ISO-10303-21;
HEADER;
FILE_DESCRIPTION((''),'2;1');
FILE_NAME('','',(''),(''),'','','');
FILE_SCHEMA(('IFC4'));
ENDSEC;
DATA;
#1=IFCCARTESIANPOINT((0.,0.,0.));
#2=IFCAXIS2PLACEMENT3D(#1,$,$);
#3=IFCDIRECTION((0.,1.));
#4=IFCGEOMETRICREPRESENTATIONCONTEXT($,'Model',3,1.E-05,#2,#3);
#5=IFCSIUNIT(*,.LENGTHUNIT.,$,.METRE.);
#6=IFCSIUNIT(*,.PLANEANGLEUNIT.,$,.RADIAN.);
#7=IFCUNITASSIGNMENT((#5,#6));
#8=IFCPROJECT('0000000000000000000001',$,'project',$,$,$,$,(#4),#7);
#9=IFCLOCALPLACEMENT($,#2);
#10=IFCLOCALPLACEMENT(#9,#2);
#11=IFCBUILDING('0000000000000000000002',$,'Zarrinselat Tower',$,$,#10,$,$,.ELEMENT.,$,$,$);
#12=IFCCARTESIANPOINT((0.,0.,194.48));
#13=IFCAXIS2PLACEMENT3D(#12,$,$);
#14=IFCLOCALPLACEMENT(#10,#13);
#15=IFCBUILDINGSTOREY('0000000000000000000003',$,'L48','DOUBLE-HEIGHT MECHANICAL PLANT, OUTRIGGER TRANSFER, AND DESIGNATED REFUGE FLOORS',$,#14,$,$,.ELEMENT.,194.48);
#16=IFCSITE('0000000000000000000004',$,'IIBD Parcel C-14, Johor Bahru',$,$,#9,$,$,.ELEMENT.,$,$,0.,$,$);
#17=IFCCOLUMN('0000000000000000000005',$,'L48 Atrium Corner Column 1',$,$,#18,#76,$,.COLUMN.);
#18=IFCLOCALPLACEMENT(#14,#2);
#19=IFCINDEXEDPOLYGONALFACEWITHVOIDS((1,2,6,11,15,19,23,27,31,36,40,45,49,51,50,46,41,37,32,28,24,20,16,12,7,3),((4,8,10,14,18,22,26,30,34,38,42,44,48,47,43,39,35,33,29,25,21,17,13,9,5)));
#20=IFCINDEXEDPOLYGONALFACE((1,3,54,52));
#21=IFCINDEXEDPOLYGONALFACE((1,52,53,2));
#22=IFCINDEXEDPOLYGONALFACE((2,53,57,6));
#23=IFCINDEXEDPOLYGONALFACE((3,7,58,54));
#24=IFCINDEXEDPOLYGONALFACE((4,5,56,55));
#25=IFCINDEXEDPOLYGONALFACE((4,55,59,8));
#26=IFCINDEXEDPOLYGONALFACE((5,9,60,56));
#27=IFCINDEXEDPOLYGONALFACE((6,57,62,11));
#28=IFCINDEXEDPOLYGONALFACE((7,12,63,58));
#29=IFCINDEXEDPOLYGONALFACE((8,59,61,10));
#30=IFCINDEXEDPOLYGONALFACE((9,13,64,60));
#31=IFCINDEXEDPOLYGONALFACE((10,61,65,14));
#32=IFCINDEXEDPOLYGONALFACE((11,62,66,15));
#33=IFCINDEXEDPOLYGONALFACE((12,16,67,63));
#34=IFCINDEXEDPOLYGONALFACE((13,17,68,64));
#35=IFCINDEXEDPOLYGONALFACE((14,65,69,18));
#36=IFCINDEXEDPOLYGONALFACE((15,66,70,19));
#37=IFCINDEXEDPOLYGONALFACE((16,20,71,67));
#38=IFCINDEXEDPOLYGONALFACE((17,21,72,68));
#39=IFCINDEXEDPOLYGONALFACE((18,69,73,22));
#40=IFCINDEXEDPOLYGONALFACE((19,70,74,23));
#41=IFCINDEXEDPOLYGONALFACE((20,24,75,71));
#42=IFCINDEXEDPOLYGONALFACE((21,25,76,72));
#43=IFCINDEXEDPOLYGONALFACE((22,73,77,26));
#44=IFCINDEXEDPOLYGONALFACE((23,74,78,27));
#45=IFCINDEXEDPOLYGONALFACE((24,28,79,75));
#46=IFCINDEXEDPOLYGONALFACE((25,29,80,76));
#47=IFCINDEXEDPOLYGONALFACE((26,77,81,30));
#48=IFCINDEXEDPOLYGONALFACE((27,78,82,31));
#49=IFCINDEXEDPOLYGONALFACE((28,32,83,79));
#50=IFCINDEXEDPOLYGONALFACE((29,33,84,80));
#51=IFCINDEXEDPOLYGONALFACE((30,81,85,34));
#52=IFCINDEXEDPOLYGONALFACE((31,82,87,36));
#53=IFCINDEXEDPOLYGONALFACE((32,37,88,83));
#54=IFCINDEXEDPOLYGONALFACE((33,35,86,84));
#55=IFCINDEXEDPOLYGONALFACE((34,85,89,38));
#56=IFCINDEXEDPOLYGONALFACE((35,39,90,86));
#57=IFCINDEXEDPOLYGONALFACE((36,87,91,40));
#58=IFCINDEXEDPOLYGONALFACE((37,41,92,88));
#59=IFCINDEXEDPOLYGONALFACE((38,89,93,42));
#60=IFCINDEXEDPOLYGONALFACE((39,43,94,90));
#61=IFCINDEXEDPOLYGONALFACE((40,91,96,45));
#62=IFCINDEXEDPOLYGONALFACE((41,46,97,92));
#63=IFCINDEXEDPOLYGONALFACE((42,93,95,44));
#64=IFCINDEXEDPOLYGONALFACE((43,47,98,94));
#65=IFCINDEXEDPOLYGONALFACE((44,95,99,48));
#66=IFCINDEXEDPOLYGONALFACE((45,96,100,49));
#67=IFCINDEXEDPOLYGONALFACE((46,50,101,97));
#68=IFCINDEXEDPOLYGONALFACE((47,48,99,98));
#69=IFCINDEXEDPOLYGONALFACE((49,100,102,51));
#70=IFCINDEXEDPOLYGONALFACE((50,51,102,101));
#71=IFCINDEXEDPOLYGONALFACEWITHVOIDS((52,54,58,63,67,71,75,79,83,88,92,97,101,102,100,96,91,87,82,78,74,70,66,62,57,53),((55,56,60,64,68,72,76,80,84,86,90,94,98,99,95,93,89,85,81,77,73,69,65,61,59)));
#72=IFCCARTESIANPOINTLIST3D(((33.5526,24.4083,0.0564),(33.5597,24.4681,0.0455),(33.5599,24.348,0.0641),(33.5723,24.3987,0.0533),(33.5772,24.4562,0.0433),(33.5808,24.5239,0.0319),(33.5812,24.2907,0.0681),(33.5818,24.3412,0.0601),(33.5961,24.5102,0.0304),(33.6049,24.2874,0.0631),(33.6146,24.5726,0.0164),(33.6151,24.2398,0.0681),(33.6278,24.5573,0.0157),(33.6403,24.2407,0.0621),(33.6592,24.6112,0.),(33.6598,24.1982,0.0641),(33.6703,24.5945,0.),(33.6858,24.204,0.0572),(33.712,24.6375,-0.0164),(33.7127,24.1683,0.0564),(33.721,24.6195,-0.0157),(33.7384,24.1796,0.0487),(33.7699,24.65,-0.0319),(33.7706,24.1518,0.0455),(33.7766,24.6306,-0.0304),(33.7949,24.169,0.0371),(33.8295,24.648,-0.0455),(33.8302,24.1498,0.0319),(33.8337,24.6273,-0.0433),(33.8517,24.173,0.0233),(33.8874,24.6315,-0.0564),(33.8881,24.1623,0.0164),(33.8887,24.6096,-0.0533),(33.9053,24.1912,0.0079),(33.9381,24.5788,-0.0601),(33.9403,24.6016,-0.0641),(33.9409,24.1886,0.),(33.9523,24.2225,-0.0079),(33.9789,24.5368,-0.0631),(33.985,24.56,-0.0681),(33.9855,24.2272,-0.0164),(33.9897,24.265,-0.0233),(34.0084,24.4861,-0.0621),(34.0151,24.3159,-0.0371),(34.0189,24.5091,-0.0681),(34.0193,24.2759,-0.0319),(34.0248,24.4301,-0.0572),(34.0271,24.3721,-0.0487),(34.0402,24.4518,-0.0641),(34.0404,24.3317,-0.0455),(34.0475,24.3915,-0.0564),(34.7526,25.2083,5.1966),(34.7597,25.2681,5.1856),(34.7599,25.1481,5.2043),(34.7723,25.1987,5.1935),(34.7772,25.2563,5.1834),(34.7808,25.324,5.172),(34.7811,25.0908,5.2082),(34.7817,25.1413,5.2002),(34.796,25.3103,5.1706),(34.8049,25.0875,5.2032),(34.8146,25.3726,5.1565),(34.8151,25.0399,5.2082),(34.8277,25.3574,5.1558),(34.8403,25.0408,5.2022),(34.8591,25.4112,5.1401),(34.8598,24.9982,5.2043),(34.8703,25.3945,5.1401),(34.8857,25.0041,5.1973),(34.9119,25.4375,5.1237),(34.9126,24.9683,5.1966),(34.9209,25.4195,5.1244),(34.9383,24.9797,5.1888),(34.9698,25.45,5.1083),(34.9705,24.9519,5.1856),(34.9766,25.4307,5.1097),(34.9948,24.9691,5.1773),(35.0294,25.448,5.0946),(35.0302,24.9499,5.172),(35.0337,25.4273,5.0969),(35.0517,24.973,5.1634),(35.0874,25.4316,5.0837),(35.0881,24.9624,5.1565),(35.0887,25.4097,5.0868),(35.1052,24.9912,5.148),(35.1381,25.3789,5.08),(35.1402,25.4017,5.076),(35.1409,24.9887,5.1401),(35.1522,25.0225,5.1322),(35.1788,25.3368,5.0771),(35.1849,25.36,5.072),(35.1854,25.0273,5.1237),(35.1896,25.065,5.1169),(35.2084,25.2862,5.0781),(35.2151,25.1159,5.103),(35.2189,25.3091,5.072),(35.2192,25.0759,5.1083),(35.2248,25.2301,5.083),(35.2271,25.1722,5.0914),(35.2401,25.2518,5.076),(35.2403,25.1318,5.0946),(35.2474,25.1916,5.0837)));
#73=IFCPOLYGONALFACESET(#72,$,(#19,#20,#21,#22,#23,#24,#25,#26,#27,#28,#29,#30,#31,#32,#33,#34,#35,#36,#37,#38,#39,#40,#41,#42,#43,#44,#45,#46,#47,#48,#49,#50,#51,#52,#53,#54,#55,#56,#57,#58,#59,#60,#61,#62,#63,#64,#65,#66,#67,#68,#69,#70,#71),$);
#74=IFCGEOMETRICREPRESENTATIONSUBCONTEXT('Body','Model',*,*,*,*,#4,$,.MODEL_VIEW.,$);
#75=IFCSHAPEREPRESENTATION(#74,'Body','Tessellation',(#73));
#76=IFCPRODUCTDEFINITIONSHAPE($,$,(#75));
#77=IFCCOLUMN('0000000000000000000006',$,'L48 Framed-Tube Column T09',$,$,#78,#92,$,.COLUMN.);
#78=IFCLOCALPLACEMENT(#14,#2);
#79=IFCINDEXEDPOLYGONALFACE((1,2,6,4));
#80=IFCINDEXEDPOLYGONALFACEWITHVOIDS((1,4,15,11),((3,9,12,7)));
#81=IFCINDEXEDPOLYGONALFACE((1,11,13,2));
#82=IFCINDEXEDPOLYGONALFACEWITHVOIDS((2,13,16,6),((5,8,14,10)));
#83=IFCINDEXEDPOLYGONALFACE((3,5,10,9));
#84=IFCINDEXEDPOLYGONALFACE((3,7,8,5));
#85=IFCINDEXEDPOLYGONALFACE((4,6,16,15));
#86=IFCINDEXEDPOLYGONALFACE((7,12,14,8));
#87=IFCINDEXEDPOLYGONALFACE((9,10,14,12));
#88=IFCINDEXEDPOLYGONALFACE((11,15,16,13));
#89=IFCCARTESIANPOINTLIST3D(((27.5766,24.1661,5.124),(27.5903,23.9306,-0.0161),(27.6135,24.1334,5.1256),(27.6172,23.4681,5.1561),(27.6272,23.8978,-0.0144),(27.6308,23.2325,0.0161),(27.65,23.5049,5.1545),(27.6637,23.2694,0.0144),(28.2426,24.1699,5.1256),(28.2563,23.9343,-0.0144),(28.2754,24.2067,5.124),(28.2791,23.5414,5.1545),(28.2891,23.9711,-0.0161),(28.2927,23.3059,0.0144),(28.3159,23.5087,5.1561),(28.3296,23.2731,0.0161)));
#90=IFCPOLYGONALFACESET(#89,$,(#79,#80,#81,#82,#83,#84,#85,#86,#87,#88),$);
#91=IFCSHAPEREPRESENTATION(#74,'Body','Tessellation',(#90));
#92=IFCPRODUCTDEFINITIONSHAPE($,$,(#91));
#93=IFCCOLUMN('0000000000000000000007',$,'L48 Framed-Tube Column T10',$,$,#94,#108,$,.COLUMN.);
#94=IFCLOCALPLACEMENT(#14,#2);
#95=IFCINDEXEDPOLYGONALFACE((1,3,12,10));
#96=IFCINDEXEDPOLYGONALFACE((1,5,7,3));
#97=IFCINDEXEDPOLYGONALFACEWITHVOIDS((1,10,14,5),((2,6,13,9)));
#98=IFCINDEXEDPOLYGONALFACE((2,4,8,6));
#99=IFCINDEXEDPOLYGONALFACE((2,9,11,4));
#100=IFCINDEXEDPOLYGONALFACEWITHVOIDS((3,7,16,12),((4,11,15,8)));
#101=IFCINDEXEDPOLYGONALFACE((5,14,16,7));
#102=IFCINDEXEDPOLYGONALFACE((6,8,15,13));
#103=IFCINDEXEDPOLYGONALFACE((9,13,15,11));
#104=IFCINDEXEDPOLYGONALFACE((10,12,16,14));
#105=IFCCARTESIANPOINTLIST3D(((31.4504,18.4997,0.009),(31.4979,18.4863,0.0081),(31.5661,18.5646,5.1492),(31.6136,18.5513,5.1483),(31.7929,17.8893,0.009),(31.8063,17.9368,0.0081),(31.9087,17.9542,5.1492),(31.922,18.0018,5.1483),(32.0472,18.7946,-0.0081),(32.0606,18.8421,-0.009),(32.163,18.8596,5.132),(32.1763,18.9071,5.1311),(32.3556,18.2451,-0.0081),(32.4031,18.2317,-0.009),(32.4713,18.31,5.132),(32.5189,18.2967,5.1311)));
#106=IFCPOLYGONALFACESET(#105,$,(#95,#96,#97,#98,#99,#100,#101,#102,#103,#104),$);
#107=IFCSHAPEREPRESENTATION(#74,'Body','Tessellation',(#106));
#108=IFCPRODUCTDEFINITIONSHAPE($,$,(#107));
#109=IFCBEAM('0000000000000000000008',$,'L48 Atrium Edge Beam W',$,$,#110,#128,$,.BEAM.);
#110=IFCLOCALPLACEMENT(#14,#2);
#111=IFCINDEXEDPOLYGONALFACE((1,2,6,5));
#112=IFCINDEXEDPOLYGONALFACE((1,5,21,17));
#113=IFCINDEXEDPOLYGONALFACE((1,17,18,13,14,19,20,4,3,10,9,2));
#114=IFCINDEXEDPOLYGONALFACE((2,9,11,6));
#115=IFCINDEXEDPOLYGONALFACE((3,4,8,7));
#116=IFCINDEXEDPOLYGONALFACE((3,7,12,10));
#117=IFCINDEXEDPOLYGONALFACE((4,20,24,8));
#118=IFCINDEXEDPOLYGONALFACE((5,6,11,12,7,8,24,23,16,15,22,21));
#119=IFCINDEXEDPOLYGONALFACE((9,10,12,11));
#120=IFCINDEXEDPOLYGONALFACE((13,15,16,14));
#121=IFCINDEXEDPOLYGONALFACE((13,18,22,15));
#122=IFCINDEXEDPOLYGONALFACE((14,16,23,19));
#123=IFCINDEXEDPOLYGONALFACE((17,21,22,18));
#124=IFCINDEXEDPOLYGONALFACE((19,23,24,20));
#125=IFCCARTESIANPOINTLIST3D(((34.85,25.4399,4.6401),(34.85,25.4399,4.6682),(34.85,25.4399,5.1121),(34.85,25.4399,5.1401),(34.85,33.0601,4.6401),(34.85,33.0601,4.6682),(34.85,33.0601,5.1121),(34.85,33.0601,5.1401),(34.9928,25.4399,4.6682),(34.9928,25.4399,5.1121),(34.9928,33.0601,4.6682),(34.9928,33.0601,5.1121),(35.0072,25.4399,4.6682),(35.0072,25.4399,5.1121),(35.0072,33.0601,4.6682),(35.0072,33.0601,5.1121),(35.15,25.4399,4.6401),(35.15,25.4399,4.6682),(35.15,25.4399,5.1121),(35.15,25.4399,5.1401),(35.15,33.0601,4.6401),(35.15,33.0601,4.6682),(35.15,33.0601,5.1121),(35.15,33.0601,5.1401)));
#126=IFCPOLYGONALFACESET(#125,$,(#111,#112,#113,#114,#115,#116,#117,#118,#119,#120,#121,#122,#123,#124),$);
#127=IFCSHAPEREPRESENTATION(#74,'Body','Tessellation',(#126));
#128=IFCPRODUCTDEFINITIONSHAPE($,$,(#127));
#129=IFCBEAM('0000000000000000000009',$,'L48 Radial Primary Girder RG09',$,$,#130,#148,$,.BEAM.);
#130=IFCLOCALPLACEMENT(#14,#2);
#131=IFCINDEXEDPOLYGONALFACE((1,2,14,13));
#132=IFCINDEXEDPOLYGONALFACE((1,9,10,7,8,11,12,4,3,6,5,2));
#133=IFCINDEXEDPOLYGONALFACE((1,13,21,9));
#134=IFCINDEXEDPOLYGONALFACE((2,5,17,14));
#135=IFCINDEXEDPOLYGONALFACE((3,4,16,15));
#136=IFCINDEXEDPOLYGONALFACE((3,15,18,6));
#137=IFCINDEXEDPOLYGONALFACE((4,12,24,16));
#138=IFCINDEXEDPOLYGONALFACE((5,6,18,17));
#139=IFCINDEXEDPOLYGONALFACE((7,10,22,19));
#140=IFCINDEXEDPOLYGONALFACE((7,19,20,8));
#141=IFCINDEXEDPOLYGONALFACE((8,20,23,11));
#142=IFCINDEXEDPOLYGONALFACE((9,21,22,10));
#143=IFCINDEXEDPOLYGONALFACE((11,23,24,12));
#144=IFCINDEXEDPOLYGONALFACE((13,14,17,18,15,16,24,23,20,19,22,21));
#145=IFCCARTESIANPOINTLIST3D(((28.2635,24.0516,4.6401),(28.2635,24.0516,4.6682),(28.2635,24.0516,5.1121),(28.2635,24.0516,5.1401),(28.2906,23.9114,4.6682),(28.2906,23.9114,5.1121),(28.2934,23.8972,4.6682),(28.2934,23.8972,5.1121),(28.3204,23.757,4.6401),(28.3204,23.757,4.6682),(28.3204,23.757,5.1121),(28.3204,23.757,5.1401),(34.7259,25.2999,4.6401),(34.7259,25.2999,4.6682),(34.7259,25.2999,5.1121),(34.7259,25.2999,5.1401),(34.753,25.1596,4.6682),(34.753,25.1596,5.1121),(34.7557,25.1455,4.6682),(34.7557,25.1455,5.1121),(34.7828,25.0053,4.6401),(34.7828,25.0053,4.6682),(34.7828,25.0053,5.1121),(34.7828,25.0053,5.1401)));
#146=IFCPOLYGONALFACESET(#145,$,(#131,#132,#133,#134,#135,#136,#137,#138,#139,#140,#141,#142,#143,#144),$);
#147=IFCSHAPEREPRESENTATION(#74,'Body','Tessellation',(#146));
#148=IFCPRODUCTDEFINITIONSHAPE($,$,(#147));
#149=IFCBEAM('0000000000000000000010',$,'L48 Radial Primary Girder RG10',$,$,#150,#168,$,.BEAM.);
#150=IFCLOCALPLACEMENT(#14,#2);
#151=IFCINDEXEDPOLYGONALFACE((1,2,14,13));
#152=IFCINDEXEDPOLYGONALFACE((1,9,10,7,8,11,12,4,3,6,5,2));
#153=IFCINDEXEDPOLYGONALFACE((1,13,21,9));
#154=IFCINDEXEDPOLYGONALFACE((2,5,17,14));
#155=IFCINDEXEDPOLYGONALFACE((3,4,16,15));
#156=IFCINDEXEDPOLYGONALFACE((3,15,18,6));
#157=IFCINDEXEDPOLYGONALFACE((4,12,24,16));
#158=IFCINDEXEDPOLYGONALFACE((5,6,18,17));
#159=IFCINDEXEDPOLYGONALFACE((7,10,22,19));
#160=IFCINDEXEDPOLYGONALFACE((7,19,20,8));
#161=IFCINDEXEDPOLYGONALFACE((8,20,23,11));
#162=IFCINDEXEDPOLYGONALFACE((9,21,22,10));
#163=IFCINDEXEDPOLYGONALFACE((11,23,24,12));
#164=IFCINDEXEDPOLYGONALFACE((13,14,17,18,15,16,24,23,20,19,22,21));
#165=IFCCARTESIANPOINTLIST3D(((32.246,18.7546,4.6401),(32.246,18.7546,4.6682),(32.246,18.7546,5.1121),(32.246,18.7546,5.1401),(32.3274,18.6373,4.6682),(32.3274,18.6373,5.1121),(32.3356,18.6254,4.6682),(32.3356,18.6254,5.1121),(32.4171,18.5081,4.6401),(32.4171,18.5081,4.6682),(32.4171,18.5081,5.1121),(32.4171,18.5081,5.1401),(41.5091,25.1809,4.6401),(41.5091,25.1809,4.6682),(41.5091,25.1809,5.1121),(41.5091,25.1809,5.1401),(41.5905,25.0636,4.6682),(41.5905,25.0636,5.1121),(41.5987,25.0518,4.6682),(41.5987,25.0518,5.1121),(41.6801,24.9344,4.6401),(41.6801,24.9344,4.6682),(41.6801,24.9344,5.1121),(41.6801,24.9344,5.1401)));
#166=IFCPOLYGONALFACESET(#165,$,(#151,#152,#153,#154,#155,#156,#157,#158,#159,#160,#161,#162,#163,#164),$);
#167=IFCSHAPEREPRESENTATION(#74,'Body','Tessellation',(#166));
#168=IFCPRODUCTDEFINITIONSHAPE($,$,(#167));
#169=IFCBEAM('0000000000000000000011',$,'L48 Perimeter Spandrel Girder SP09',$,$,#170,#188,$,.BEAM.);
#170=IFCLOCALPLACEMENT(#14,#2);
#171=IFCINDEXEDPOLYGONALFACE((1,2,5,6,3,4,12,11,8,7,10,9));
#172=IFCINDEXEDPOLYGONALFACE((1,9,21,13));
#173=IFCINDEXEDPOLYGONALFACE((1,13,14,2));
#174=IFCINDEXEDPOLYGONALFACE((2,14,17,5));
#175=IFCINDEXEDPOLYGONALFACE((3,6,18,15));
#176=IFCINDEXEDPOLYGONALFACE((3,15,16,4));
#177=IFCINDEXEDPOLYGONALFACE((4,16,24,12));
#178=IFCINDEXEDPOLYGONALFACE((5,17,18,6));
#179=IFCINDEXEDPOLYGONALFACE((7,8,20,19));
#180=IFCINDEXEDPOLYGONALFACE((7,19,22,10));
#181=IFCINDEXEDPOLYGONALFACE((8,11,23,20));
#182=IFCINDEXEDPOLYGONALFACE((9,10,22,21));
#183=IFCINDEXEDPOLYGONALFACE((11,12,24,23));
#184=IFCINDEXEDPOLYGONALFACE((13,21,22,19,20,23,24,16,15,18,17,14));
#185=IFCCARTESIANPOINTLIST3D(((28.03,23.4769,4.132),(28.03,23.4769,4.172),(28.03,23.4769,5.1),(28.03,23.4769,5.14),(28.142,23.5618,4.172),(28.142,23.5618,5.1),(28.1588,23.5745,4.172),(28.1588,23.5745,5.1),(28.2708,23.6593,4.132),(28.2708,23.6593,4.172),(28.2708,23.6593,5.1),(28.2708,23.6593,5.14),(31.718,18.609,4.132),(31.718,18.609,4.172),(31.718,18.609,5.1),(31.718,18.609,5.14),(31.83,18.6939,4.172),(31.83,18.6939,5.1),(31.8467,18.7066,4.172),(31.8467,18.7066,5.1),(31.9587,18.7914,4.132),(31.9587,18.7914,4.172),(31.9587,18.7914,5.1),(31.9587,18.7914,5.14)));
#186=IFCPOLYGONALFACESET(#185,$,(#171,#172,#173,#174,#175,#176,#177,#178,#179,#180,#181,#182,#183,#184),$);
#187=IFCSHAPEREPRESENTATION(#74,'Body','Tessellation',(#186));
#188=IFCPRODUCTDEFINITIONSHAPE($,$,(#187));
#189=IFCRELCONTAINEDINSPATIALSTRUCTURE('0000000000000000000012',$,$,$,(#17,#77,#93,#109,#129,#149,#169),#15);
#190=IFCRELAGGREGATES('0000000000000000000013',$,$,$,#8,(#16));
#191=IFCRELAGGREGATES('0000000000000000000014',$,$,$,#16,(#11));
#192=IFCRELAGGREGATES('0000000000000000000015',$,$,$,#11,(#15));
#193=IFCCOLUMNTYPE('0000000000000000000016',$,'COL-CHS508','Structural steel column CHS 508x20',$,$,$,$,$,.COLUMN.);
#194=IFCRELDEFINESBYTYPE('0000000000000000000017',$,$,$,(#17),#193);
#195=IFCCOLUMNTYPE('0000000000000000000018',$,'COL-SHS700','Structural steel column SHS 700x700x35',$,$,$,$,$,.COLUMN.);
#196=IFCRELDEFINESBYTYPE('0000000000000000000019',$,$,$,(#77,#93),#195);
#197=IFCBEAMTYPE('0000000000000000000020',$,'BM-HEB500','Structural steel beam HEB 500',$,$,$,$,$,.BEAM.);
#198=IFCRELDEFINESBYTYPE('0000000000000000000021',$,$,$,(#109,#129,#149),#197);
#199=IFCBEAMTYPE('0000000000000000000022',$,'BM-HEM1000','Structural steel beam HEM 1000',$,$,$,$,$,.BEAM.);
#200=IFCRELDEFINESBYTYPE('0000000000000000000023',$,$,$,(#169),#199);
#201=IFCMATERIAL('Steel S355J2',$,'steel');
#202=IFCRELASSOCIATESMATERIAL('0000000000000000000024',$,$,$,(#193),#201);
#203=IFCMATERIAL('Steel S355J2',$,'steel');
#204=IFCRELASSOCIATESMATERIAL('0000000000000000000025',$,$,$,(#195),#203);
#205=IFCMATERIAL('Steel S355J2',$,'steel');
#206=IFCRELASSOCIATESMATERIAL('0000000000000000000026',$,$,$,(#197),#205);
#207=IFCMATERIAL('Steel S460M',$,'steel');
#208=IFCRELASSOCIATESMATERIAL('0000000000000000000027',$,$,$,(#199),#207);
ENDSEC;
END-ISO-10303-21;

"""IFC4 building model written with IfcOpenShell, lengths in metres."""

from ifc_helpers import new_model, si_unit, direction, frame, origin, origin_2d, place, context, subcontext, project, spatial, hollow_rectangle, hollow_circle, i_section, extrude, material, material_profile, profile_set, type_object, element, save


model = new_model("IFC4")

# Units and contexts
model_context = context("Model", 3, precision=1e-05, world=origin(), true_north=direction((0.0, 1.0)))
body_context = subcontext(model_context, "Body", "Model", "MODEL_VIEW")
ifc_project = project(units=[si_unit("LENGTHUNIT", "METRE"), si_unit("PLANEANGLEUNIT", "RADIAN")], contexts=[model_context])

# Site, building, storey
site_placement = place(None, origin())
site = spatial("IfcSite", under=ifc_project, at=site_placement, Name="IIBD Parcel C-14, Johor Bahru", CompositionType="ELEMENT", RefElevation=0.0)
building_placement = place(site_placement, origin())
building = spatial("IfcBuilding", under=site, at=building_placement, Name="Zarrinselat Tower", CompositionType="ELEMENT")
storey_placement = place(building_placement, frame((0.0, 0.0, 194.48)))
storey = spatial("IfcBuildingStorey", under=building, at=storey_placement, Name="L48", Description="DOUBLE-HEIGHT MECHANICAL PLANT, OUTRIGGER TRANSFER, AND DESIGNATED REFUGE FLOORS", CompositionType="ELEMENT", Elevation=194.48)

# Columns
ifc_material_1 = material(Name="Steel S355J2", Category="steel")
ifc_material_profile_1 = material_profile(ifc_material_1, hollow_circle(Radius=0.2539, WallThickness=0.02, at=origin_2d()), Name="CHS 508x20")
ifc_profile_set_1 = profile_set([ifc_material_profile_1], Name="Steel S355J2")
column_type_1 = type_object("IfcColumnType", Name="COL-CHS508", Description="Structural steel column CHS 508x20", PredefinedType="COLUMN", material=ifc_profile_set_1)
column_1_placement = place(storey_placement, frame((33.8, 24.3999, 0.0), z_axis=(0.224768, 0.14986, 0.962819), x_axis=(-0.554739, 0.832024, 0.0)))
element("IfcColumn", 1, at=column_1_placement, inside=storey, type_object=column_type_1, Name="L48 Atrium Corner Column 1", PredefinedType="COLUMN", context=body_context, shape_type="SweptSolid", body=[
    extrude(hollow_circle(Radius=0.2539, WallThickness=0.02, at=origin_2d()), origin(), (0.0, 0.0, 1.0), 5.3386),
])
ifc_material_2 = material(Name="Steel S355J2", Category="steel")
ifc_material_profile_2 = material_profile(ifc_material_2, hollow_rectangle(XDim=0.7, YDim=0.7, WallThickness=0.0349, at=origin_2d()), Name="SHS 700x700x35")
ifc_profile_set_2 = profile_set([ifc_material_profile_2], Name="Steel S355J2")
column_type_2 = type_object("IfcColumnType", Name="COL-SHS700", Description="Structural steel column SHS 700x700x35", PredefinedType="COLUMN", material=ifc_profile_set_2)
column_2_placement = place(storey_placement, frame((27.96, 23.6018, 0.0), z_axis=(-0.002657, 0.045786, 0.998948), x_axis=(-0.99832, -0.057934, 0.0)))
element("IfcColumn", 2, at=column_2_placement, inside=storey, type_object=column_type_2, Name="L48 Framed-Tube Column T09", PredefinedType="COLUMN", context=body_context, shape_type="SweptSolid", body=[
    extrude(hollow_rectangle(XDim=0.7, YDim=0.7, WallThickness=0.0349, at=origin_2d()), origin(), (0.0, 0.0, 1.0), 5.1455),
])
column_3_placement = place(storey_placement, frame((31.9268, 18.3657, 0.0), z_axis=(0.022506, 0.01263, 0.999667), x_axis=(-0.489387, 0.872066, 0.0)))
element("IfcColumn", 3, at=column_3_placement, inside=storey, type_object=column_type_2, Name="L48 Framed-Tube Column T10", PredefinedType="COLUMN", context=body_context, shape_type="SweptSolid", body=[
    extrude(hollow_rectangle(XDim=0.7, YDim=0.7, WallThickness=0.0349, at=origin_2d()), origin(), (0.0, 0.0, 1.0), 5.1418),
])

# Beams
ifc_material_3 = material(Name="Steel S355J2", Category="steel")
ifc_material_profile_3 = material_profile(ifc_material_3, i_section(OverallWidth=0.3, OverallDepth=0.5, WebThickness=0.0144, FlangeThickness=0.0281, at=origin_2d()), Name="HEB 500")
ifc_profile_set_3 = profile_set([ifc_material_profile_3], Name="Steel S355J2")
beam_type_1 = type_object("IfcBeamType", Name="BM-HEB500", Description="Structural steel beam HEB 500", PredefinedType="BEAM", material=ifc_profile_set_3)
beam_1_placement = place(storey_placement, frame((35.0, 25.4399, 4.8901), z_axis=(0.0, 1.0, 0.0), x_axis=(-1.0, 0.0, 0.0)))
element("IfcBeam", 4, at=beam_1_placement, inside=storey, type_object=beam_type_1, Name="L48 Atrium Edge Beam W", PredefinedType="BEAM", context=body_context, shape_type="SweptSolid", body=[
    extrude(i_section(OverallWidth=0.3, OverallDepth=0.5, WebThickness=0.0144, FlangeThickness=0.0281, at=origin_2d()), origin(), (0.0, 0.0, 1.0), 7.6201),
])
beam_2_placement = place(storey_placement, frame((28.292, 23.9043, 4.8901), z_axis=(0.981851, 0.189656, 0.0), x_axis=(-0.189656, 0.981851, 0.0)))
element("IfcBeam", 5, at=beam_2_placement, inside=storey, type_object=beam_type_1, Name="L48 Radial Primary Girder RG09", PredefinedType="BEAM", context=body_context, shape_type="SweptSolid", body=[
    extrude(i_section(OverallWidth=0.3, OverallDepth=0.5, WebThickness=0.0144, FlangeThickness=0.0281, at=origin_2d()), origin(), (0.0, 0.0, 1.0), 6.5818),
])
beam_3_placement = place(storey_placement, frame((32.3315, 18.6313, 4.8901), z_axis=(0.821633, 0.570017, 0.0), x_axis=(-0.570017, 0.821633, 0.0)))
element("IfcBeam", 6, at=beam_3_placement, inside=storey, type_object=beam_type_1, Name="L48 Radial Primary Girder RG10", PredefinedType="BEAM", context=body_context, shape_type="SweptSolid", body=[
    extrude(i_section(OverallWidth=0.3, OverallDepth=0.5, WebThickness=0.0144, FlangeThickness=0.0281, at=origin_2d()), origin(), (0.0, 0.0, 1.0), 11.2739),
])
ifc_material_4 = material(Name="Steel S460M", Category="steel")
ifc_material_profile_4 = material_profile(ifc_material_4, i_section(OverallWidth=0.302, OverallDepth=1.0081, WebThickness=0.021, FlangeThickness=0.04, at=origin_2d()), Name="HEM 1000")
ifc_profile_set_4 = profile_set([ifc_material_profile_4], Name="Steel S460M")
beam_type_2 = type_object("IfcBeamType", Name="BM-HEM1000", Description="Structural steel beam HEM 1000", PredefinedType="BEAM", material=ifc_profile_set_4)
beam_4_placement = place(storey_placement, frame((28.1504, 23.5681, 4.636), z_axis=(0.603875, -0.797079, 0.0), x_axis=(0.797079, 0.603875, 0.0)))
element("IfcBeam", 7, at=beam_4_placement, inside=storey, type_object=beam_type_2, Name="L48 Perimeter Spandrel Girder SP09", PredefinedType="BEAM", context=body_context, shape_type="SweptSolid", body=[
    extrude(i_section(OverallWidth=0.302, OverallDepth=1.0081, WebThickness=0.021, FlangeThickness=0.04, at=origin_2d()), origin(), (0.0, 0.0, 1.0), 6.1072),
])

save(model, "model.ifc")
